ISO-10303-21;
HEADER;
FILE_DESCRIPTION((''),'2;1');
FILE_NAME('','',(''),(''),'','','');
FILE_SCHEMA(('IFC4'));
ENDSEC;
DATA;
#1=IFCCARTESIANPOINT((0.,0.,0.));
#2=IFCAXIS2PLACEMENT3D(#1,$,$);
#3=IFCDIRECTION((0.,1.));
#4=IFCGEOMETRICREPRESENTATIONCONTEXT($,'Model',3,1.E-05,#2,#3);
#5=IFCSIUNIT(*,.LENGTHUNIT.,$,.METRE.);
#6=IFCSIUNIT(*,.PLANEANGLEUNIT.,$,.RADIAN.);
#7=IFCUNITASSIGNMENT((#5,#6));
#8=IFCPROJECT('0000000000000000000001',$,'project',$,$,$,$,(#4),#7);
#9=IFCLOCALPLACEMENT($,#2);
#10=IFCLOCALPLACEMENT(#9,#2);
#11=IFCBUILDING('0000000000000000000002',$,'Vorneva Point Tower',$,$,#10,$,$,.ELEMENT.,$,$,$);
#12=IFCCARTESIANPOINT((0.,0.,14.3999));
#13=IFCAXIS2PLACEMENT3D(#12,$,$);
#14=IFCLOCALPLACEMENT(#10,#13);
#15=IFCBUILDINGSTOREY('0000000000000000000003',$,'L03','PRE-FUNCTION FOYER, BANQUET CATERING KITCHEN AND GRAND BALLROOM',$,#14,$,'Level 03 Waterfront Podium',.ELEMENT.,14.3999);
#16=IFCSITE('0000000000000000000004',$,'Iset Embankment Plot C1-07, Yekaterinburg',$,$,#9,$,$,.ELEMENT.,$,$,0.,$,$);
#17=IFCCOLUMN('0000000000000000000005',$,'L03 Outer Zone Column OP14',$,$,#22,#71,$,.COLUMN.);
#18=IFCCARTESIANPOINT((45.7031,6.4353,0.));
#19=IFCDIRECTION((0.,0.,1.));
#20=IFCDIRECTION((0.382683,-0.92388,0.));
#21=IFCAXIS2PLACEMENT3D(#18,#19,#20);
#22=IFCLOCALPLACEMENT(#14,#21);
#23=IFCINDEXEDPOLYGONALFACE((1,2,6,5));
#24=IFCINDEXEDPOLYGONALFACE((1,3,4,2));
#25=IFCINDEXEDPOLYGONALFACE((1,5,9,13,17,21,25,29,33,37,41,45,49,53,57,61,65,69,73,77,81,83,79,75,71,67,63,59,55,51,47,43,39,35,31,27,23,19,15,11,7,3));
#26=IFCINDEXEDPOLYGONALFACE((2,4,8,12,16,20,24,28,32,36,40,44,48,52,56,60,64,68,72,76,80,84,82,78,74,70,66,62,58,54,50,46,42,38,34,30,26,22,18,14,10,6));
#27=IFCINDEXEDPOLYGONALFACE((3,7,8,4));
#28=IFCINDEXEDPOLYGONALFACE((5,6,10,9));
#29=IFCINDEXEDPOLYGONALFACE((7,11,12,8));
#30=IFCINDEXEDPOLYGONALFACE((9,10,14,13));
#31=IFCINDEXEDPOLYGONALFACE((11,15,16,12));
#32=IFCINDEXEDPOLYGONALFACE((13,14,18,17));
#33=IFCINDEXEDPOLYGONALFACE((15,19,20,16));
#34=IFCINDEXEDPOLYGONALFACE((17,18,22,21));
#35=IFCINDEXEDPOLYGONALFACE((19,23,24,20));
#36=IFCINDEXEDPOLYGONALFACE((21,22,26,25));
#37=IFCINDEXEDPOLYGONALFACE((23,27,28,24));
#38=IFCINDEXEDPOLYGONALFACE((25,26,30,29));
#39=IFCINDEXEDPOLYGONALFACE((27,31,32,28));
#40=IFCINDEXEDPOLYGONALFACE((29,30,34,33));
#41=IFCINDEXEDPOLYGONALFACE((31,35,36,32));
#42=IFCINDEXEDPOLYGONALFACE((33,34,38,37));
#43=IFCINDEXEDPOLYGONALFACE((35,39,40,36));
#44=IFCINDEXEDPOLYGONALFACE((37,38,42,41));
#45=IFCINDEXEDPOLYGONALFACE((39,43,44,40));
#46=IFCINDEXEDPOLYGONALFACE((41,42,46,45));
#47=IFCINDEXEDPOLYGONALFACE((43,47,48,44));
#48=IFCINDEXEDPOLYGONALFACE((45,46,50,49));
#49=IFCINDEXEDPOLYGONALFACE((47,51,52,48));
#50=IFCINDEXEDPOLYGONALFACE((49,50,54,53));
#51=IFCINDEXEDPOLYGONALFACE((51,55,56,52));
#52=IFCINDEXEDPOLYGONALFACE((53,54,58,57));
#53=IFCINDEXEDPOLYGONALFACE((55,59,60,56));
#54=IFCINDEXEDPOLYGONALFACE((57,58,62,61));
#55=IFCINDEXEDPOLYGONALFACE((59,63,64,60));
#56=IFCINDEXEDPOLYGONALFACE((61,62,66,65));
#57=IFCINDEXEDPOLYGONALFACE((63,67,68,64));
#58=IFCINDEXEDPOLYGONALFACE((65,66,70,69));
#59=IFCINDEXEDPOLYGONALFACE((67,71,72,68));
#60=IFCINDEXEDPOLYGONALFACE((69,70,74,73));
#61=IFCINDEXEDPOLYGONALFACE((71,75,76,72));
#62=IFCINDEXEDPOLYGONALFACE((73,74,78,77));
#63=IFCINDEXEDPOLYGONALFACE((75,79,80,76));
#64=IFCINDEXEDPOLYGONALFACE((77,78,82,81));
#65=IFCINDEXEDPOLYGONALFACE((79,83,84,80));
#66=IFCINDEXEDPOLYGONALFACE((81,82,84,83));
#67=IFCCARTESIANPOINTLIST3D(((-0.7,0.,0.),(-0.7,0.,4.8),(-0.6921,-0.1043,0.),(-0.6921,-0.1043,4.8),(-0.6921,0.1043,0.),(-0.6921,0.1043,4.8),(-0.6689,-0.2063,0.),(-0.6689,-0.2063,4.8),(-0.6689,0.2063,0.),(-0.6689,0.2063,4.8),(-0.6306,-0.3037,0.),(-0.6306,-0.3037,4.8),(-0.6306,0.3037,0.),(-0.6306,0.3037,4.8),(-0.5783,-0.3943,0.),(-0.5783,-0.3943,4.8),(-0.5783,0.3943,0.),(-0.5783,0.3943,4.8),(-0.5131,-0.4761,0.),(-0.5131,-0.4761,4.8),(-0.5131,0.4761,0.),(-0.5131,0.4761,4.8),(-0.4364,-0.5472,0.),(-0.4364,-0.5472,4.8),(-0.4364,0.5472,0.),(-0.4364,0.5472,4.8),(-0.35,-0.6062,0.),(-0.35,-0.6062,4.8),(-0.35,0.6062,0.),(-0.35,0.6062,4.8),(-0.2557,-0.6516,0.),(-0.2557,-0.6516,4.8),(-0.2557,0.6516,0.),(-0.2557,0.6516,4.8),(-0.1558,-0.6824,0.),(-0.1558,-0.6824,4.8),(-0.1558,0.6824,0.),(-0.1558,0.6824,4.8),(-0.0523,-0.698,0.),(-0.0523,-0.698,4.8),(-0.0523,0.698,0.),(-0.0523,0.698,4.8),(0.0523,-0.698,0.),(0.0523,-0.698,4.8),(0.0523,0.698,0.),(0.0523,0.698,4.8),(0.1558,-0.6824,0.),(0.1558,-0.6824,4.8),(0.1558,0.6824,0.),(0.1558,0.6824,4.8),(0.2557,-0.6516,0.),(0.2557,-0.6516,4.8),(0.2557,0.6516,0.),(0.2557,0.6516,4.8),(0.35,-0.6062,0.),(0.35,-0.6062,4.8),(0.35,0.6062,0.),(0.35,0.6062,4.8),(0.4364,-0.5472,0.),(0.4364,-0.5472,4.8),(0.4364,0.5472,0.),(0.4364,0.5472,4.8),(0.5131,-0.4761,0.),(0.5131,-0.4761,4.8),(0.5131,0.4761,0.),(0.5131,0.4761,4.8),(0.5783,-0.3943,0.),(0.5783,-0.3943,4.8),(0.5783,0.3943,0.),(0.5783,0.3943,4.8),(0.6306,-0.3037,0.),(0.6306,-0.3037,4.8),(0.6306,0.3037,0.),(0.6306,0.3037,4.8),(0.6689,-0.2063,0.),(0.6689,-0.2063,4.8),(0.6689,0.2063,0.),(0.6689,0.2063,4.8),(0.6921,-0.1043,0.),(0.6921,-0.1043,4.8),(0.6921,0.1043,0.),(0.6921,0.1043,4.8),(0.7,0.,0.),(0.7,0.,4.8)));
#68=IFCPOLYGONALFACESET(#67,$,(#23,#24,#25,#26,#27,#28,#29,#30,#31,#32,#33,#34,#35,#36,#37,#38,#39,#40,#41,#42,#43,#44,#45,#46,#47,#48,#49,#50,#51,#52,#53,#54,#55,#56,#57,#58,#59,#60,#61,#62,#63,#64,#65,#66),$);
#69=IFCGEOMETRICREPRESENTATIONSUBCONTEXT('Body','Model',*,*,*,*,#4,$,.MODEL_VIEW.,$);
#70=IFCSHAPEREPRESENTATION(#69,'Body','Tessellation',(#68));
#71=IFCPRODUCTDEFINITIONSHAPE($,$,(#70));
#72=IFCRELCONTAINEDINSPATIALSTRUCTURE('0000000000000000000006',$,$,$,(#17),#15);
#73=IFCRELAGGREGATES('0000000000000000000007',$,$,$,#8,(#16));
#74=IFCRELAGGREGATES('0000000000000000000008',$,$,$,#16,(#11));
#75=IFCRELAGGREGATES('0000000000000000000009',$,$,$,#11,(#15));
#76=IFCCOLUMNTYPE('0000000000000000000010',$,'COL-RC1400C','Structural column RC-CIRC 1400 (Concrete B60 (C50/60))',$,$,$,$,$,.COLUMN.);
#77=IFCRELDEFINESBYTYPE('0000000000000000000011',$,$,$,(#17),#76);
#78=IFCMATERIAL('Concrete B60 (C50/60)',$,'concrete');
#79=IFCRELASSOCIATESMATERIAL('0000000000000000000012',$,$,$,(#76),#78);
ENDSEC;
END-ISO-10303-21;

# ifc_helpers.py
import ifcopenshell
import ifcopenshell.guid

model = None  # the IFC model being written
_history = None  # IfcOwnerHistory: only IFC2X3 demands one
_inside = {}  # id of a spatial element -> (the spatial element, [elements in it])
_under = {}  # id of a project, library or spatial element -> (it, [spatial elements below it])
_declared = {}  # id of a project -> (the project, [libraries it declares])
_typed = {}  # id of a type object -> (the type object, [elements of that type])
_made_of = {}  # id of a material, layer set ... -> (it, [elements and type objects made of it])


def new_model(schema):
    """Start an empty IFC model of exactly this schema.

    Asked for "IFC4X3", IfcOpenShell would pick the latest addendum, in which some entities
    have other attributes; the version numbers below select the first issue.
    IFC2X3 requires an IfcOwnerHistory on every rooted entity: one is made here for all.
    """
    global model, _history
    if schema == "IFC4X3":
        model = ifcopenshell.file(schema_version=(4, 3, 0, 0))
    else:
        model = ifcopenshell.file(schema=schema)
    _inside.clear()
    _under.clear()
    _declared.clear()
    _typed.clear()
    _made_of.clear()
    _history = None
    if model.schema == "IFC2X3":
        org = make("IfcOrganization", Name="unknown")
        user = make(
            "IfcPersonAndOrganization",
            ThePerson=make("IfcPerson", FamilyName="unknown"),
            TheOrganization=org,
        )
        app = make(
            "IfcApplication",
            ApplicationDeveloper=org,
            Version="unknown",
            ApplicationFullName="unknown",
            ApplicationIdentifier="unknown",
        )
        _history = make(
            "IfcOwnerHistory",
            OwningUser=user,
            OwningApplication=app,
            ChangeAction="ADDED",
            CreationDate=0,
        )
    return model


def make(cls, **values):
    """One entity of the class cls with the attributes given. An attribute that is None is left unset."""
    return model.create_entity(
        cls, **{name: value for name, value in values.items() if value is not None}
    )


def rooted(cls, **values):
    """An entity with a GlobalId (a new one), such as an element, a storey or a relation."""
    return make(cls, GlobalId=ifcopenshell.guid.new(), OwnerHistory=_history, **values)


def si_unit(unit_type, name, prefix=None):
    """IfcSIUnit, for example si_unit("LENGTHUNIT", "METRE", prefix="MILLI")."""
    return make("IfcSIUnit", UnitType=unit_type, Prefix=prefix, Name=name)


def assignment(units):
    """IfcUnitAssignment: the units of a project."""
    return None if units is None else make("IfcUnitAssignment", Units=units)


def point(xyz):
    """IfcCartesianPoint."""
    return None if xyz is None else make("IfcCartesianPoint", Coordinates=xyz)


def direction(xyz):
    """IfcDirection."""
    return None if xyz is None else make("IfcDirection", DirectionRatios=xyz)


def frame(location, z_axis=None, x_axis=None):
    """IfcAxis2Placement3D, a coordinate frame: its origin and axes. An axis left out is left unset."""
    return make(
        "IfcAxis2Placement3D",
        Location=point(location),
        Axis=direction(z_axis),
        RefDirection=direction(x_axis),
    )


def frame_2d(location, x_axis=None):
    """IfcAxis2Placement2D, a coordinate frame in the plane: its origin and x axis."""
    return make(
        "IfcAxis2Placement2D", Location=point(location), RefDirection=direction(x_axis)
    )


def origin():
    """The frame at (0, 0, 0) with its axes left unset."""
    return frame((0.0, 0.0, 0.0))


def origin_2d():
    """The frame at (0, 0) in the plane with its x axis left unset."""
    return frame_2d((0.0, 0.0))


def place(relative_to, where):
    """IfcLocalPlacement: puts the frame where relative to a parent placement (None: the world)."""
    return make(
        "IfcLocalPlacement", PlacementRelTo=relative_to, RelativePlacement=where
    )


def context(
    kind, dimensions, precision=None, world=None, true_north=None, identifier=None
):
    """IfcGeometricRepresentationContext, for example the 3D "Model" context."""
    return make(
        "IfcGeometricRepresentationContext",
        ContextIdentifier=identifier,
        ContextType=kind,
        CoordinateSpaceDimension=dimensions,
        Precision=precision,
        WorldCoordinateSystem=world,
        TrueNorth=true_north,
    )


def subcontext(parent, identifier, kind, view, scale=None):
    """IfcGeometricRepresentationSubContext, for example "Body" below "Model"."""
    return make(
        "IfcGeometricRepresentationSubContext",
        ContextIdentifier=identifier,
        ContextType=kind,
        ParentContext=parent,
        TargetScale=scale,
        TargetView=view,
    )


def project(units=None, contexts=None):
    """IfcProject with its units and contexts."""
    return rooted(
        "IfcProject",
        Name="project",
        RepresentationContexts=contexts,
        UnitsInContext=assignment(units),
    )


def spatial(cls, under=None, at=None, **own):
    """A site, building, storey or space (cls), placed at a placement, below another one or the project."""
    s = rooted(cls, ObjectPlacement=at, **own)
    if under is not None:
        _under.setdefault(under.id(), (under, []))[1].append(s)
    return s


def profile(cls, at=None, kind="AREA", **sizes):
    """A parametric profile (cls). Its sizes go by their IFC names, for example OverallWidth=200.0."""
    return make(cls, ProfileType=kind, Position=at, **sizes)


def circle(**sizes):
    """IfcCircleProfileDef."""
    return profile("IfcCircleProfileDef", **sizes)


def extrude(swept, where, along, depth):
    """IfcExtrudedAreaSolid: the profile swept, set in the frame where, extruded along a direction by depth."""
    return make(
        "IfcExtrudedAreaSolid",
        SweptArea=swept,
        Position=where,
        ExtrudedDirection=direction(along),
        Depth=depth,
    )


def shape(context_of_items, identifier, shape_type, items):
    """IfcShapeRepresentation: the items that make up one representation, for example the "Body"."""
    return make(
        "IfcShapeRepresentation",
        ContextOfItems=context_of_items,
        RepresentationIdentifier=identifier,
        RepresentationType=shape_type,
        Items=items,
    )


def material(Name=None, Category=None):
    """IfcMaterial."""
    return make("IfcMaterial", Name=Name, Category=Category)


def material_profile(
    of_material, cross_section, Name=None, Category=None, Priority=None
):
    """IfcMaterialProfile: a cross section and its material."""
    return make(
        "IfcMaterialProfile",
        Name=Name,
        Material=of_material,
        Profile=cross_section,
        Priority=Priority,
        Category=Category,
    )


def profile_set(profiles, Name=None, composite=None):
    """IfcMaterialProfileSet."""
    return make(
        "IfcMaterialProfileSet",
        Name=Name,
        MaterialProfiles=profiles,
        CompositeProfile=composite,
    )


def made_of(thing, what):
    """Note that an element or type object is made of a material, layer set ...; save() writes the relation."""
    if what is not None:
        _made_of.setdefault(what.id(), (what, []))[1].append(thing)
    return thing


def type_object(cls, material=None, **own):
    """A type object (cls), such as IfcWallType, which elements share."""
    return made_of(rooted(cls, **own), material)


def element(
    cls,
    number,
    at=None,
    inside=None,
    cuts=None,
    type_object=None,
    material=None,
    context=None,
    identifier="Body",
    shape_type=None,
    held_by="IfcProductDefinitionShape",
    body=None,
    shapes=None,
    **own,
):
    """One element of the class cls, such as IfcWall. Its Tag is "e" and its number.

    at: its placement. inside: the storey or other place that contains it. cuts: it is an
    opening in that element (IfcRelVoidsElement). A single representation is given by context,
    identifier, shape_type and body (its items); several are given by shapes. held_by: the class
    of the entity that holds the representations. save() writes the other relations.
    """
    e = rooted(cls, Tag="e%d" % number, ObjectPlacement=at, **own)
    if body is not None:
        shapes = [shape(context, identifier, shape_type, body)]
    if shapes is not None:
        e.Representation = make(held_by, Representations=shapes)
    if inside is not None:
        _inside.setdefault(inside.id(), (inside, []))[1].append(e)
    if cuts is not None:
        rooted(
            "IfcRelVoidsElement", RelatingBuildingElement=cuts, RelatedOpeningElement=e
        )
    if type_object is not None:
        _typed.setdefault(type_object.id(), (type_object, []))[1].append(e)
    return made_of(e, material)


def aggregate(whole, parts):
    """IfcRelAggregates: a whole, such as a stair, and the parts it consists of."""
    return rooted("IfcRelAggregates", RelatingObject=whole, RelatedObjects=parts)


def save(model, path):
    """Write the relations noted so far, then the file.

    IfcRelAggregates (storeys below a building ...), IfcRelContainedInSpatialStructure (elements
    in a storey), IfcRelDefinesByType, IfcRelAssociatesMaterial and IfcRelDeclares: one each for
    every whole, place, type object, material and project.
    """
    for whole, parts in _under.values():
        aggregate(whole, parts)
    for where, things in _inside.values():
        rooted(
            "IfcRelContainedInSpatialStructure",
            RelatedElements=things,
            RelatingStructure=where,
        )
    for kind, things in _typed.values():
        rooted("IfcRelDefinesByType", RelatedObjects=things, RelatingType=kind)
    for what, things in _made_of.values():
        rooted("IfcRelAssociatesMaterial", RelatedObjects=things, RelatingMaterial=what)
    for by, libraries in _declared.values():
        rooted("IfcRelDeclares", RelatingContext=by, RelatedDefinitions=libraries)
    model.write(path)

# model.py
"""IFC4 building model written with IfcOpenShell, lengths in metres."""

from ifc_helpers import new_model, si_unit, direction, frame, origin, origin_2d, place, context, subcontext, project, spatial, circle, extrude, material, material_profile, profile_set, type_object, element, save


model = new_model("IFC4")

# Units and contexts
model_context = context("Model", 3, precision=1e-05, world=origin(), true_north=direction((0.0, 1.0)))
body_context = subcontext(model_context, "Body", "Model", "MODEL_VIEW")
ifc_project = project(units=[si_unit("LENGTHUNIT", "METRE"), si_unit("PLANEANGLEUNIT", "RADIAN")], contexts=[model_context])

# Site, building, storey
site_placement = place(None, origin())
site = spatial("IfcSite", under=ifc_project, at=site_placement, Name="Iset Embankment Plot C1-07, Yekaterinburg", CompositionType="ELEMENT", RefElevation=0.0)
building_placement = place(site_placement, origin())
building = spatial("IfcBuilding", under=site, at=building_placement, Name="Vorneva Point Tower", CompositionType="ELEMENT")
storey_placement = place(building_placement, frame((0.0, 0.0, 14.3999)))
storey = spatial("IfcBuildingStorey", under=building, at=storey_placement, Name="L03", Description="PRE-FUNCTION FOYER, BANQUET CATERING KITCHEN AND GRAND BALLROOM", LongName="Level 03 Waterfront Podium", CompositionType="ELEMENT", Elevation=14.3999)

# Column
ifc_material_1 = material(Name="Concrete B60 (C50/60)", Category="concrete")
ifc_material_profile_1 = material_profile(ifc_material_1, circle(Radius=0.7, at=origin_2d()), Name="RC-CIRC 1400")
ifc_profile_set_1 = profile_set([ifc_material_profile_1], Name="Concrete B60 (C50/60)")
column_type_1 = type_object("IfcColumnType", Name="COL-RC1400C", Description="Structural column RC-CIRC 1400 (Concrete B60 (C50/60))", PredefinedType="COLUMN", material=ifc_profile_set_1)
for number, where, z_axis, x_axis, name in (
    (1, (45.7031, 6.4353, 0.0), (0.0, 0.0, 1.0), (0.382683, -0.92388, 0.0), "L03 Outer Zone Column OP14"),
):
    element("IfcColumn", number, at=place(storey_placement, frame(where, z_axis=z_axis, x_axis=x_axis)), inside=storey, type_object=column_type_1, Name=name, PredefinedType="COLUMN", context=body_context, shape_type="SweptSolid", body=[
        extrude(circle(Radius=0.7, at=origin_2d()), origin(), (0.0, 0.0, 1.0), 4.8),
    ])

save(model, "model.ifc")
